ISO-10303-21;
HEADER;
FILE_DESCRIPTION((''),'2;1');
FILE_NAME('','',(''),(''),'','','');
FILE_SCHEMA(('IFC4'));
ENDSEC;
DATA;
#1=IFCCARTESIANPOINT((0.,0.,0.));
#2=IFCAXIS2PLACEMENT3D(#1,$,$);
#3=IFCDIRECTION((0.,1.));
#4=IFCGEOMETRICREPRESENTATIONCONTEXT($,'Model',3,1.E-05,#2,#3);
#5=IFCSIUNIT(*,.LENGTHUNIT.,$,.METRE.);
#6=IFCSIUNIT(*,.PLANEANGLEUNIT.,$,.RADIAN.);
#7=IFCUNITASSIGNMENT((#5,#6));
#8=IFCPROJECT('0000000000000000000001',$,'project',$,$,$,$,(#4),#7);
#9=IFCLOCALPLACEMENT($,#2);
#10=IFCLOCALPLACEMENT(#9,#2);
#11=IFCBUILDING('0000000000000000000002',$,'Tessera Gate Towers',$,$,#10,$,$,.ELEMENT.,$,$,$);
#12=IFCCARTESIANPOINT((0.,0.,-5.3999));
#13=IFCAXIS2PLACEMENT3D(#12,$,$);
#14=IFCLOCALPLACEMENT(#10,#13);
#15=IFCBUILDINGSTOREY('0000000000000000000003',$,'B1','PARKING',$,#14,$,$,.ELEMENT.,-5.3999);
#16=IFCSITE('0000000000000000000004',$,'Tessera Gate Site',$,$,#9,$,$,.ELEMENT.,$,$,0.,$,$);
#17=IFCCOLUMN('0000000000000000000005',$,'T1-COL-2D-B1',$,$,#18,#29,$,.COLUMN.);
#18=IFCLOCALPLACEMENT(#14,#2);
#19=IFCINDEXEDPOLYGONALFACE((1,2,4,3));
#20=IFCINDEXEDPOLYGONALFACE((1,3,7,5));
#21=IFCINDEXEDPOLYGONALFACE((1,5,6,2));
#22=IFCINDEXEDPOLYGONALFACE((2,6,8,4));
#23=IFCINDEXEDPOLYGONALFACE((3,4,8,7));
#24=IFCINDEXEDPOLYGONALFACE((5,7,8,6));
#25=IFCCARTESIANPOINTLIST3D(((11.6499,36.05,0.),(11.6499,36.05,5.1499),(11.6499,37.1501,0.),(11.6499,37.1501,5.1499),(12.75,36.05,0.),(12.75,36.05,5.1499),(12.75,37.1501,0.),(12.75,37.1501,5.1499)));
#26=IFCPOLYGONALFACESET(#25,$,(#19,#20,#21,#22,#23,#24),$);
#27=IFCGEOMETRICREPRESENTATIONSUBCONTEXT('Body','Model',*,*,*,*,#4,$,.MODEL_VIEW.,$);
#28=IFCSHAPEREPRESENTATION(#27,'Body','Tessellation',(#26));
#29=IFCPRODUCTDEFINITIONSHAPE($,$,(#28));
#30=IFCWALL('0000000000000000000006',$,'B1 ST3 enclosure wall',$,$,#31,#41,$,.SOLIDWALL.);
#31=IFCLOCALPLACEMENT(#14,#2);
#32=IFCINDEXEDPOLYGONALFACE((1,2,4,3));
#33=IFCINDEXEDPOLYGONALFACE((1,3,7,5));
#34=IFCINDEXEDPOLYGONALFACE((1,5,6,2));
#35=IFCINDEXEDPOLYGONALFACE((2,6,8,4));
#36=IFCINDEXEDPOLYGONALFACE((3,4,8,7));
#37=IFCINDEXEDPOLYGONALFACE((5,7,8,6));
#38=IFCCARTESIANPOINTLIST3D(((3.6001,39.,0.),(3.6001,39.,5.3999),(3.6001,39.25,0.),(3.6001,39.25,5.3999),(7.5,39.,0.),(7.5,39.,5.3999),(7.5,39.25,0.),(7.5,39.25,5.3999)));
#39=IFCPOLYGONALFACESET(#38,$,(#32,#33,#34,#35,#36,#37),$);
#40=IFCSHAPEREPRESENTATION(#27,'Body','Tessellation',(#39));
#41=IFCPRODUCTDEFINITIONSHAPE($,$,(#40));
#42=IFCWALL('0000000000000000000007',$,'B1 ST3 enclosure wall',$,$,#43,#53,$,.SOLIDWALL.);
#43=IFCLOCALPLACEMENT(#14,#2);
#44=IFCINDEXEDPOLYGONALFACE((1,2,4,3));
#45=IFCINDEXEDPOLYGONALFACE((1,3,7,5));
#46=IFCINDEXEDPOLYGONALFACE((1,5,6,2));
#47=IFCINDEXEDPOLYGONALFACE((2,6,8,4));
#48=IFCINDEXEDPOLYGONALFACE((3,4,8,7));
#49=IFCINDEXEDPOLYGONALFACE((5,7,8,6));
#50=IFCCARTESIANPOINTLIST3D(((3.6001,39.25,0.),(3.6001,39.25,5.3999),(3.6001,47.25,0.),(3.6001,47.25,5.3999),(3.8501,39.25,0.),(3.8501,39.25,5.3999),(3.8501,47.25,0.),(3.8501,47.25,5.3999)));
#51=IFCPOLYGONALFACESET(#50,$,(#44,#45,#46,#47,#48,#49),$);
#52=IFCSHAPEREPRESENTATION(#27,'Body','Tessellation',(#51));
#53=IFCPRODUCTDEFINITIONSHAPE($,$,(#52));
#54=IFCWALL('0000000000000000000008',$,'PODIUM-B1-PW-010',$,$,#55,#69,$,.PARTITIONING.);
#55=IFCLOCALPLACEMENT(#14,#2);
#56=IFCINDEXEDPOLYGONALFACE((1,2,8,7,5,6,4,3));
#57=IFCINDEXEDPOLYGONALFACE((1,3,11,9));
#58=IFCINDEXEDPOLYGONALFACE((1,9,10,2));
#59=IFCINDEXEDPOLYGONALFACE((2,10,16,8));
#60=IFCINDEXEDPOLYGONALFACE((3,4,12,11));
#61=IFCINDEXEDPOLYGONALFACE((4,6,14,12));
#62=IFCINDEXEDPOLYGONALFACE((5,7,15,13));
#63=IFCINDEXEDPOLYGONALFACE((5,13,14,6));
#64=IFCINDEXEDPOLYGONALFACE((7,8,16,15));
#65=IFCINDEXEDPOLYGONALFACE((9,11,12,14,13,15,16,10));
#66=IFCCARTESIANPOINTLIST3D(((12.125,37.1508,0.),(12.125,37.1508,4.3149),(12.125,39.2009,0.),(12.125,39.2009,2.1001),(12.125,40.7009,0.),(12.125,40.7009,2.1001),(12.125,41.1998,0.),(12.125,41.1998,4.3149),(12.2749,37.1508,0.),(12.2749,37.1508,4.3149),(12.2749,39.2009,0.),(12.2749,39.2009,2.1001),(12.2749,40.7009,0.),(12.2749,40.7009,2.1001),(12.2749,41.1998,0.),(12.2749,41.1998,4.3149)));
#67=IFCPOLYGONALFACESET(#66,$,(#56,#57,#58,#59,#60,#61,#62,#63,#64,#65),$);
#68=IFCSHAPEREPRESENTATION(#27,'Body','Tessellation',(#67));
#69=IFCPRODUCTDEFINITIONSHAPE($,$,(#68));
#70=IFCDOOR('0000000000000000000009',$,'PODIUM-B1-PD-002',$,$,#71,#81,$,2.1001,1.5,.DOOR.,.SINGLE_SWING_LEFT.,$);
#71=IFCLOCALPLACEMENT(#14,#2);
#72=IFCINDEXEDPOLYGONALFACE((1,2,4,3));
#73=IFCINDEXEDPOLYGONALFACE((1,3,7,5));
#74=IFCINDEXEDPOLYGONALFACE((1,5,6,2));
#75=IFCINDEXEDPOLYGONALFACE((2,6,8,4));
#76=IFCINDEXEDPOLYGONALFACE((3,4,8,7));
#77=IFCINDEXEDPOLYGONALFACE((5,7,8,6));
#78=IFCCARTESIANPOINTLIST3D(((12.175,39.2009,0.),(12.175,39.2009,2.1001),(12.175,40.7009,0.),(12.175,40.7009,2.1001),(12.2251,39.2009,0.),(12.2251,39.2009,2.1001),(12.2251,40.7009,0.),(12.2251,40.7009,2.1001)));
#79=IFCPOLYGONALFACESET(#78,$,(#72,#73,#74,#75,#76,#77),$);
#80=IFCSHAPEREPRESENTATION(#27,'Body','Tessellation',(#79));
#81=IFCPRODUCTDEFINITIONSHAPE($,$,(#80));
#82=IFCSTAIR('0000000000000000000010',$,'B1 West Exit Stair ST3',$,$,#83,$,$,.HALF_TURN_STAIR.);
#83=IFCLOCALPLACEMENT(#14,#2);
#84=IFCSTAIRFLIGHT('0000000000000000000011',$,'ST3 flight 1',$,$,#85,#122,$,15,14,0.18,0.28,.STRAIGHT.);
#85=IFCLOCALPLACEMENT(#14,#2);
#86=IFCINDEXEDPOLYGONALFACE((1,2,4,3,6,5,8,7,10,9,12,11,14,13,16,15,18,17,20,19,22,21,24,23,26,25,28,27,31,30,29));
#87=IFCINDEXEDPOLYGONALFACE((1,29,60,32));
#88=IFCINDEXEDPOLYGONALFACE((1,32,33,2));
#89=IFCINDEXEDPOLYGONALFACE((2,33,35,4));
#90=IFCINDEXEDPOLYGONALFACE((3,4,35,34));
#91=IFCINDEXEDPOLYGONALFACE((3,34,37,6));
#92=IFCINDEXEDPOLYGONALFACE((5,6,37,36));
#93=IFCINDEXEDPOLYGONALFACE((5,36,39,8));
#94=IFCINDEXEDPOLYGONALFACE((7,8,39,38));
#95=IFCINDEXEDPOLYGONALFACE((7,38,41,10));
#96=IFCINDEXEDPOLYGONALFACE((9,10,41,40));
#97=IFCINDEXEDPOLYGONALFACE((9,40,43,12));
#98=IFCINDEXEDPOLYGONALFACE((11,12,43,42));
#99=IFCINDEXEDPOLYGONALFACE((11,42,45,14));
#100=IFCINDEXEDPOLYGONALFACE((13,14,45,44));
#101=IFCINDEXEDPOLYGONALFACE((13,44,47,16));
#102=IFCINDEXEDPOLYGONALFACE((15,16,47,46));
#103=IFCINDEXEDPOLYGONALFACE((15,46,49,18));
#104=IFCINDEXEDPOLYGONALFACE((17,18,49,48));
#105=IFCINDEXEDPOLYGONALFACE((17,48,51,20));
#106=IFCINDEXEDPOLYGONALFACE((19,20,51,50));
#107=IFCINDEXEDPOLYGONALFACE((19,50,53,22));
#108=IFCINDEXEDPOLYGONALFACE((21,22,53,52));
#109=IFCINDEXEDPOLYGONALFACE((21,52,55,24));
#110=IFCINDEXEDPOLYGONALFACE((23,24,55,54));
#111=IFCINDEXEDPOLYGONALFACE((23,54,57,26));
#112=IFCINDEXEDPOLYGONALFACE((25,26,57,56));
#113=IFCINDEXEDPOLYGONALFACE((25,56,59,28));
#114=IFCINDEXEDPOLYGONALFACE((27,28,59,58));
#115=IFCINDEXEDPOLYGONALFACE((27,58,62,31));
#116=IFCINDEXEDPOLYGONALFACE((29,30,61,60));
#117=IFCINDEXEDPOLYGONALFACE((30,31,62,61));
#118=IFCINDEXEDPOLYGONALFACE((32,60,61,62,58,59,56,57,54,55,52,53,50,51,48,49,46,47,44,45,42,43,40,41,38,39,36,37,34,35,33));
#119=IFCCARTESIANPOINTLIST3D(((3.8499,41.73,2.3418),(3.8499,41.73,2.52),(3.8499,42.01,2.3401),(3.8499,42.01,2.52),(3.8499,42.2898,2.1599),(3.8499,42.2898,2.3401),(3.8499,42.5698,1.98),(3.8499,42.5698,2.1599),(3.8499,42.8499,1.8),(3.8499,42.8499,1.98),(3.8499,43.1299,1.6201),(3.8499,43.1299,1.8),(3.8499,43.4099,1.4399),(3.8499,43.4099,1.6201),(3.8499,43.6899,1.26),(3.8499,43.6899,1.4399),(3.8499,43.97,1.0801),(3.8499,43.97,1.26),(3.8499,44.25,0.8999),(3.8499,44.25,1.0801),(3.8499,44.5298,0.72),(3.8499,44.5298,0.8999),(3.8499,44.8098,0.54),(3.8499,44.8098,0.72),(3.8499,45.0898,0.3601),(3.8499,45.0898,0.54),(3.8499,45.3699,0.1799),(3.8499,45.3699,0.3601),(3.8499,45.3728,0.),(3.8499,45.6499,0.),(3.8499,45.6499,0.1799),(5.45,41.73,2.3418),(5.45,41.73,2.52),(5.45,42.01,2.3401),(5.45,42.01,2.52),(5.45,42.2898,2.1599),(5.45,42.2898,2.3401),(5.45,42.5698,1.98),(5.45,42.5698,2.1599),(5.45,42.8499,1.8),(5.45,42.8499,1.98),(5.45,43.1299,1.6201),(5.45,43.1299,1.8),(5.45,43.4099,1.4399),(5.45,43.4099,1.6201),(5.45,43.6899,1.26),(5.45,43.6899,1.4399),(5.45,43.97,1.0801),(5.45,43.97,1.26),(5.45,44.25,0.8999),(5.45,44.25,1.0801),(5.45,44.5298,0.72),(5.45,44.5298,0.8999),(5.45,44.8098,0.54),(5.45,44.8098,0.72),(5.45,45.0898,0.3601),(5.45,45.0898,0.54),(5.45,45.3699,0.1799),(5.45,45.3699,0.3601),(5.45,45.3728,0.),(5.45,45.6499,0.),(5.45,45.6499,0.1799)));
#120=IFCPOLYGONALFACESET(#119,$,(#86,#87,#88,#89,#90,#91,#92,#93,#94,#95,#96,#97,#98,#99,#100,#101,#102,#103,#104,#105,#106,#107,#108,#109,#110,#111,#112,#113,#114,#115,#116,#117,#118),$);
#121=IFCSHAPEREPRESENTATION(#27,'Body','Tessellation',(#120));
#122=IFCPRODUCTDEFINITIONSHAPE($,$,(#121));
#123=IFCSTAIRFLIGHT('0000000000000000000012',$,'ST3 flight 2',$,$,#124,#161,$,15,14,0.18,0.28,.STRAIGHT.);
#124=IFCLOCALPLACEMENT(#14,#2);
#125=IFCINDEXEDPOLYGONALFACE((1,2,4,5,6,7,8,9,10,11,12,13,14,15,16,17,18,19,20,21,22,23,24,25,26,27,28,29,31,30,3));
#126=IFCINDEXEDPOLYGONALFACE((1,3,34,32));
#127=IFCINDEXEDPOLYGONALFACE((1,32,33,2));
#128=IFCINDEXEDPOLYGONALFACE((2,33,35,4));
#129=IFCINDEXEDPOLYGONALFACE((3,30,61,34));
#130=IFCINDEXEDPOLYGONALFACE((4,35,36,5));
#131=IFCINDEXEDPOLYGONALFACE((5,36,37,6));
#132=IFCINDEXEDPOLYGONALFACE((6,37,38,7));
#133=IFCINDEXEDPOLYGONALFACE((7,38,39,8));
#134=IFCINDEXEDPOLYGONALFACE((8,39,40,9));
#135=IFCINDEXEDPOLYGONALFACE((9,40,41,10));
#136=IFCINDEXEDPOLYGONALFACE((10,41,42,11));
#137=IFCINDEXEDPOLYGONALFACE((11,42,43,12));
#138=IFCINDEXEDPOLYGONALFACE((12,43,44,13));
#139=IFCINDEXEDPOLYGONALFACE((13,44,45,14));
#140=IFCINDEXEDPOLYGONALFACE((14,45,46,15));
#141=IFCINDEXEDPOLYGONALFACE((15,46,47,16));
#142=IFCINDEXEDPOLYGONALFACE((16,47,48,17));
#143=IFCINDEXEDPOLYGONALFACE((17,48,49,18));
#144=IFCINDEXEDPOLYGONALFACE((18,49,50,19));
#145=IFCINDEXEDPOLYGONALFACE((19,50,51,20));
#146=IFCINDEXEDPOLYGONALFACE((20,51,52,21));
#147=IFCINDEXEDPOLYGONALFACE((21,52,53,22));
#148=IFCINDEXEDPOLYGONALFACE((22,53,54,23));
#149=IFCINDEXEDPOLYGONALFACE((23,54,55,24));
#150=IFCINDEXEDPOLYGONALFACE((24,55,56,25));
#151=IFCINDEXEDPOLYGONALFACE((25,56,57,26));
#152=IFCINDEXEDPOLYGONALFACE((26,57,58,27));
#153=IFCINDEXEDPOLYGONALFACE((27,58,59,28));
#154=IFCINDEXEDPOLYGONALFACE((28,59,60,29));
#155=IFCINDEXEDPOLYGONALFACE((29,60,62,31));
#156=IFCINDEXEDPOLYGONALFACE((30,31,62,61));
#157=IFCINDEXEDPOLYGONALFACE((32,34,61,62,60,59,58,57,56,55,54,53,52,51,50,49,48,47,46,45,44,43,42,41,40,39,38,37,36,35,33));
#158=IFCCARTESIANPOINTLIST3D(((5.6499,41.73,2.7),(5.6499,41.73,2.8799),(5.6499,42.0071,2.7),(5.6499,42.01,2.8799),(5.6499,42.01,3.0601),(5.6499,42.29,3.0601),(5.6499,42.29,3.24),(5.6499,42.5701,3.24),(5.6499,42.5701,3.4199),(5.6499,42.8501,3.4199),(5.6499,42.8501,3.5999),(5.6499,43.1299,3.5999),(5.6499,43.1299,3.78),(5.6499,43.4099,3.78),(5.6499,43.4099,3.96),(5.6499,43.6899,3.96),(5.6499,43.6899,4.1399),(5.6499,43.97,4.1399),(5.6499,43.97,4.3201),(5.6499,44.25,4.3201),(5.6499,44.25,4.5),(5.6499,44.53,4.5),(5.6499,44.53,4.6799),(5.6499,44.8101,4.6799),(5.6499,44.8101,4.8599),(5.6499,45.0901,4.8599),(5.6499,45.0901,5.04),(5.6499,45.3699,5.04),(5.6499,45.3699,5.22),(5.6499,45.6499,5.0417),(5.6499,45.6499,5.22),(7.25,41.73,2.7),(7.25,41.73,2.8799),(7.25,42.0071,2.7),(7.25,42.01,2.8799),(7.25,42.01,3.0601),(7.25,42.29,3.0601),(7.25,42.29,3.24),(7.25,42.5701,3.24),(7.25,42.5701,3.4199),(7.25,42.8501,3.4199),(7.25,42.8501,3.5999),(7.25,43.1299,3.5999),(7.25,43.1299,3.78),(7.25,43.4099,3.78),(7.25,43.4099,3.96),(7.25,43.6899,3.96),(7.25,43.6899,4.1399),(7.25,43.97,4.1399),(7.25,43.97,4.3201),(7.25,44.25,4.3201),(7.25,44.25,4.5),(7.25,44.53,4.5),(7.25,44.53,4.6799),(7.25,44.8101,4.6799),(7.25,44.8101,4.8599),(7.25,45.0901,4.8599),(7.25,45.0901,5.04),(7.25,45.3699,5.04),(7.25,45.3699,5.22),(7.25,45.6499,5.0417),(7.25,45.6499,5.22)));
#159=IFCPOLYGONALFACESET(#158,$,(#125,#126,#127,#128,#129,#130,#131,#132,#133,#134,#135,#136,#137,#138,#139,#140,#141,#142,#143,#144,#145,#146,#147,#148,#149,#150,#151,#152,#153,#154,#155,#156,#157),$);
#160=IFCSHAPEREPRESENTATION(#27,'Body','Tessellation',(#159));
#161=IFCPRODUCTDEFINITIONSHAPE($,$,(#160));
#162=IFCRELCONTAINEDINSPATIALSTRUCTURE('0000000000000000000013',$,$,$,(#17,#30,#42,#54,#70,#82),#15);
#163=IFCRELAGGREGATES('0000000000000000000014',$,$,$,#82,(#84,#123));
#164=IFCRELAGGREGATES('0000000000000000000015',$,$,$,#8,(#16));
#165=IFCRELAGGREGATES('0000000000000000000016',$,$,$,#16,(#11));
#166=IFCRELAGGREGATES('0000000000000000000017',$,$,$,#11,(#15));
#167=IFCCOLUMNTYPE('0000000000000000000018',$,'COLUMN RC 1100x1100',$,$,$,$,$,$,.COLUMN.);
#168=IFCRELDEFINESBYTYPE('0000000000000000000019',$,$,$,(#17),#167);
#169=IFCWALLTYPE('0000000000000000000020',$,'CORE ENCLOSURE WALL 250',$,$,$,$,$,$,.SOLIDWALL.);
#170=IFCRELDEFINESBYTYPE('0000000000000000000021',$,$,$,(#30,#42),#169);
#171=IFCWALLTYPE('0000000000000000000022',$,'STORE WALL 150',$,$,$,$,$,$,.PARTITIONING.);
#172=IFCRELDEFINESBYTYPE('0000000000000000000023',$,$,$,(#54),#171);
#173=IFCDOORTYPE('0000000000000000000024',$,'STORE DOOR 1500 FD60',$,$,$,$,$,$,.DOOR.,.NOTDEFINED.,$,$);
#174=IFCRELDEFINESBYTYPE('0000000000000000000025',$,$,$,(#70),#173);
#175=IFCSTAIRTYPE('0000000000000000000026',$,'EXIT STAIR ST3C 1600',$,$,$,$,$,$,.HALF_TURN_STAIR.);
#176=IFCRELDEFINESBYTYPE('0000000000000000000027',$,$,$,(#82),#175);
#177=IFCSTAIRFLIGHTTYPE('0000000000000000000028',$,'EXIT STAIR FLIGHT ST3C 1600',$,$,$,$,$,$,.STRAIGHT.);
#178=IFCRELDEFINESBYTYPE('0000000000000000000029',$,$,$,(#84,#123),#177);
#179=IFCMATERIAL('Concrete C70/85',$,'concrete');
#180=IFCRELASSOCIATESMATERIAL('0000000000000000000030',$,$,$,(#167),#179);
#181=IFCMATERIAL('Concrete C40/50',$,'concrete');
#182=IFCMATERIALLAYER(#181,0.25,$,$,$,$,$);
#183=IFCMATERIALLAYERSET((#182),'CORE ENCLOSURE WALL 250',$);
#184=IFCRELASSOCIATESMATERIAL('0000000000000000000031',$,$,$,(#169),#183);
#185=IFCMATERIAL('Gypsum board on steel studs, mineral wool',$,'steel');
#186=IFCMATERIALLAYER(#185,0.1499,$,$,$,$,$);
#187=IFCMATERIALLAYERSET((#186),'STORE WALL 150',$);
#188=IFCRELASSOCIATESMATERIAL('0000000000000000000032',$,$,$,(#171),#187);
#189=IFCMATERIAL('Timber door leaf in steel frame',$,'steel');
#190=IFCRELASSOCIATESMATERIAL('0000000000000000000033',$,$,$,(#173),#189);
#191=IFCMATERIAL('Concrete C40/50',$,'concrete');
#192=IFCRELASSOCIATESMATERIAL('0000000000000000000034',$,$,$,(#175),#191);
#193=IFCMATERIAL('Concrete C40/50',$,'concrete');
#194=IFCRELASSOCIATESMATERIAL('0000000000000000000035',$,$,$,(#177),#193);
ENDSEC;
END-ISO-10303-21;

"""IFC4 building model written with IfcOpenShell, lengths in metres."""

from ifc_helpers import new_model, si_unit, direction, frame, frame_2d, origin, origin_2d, place, context, subcontext, project, spatial, polyline, rectangle, outline, extrude, source, transform, mapped, material, layer, layer_set, material_profile, profile_set, type_object, element, fill, aggregate, save


model = new_model("IFC4")

# Units and contexts
model_context = context("Model", 3, precision=1e-05, world=origin(), true_north=direction((0.0, 1.0)))
body_context = subcontext(model_context, "Body", "Model", "MODEL_VIEW")
ifc_project = project(units=[si_unit("LENGTHUNIT", "METRE"), si_unit("PLANEANGLEUNIT", "RADIAN")], contexts=[model_context])

# Site, building, storey
site_placement = place(None, origin())
site = spatial("IfcSite", under=ifc_project, at=site_placement, Name="Tessera Gate Site", CompositionType="ELEMENT", RefElevation=0.0)
building_placement = place(site_placement, origin())
building = spatial("IfcBuilding", under=site, at=building_placement, Name="Tessera Gate Towers", CompositionType="ELEMENT")
storey_placement = place(building_placement, frame((0.0, 0.0, -5.3999)))
storey = spatial("IfcBuildingStorey", under=building, at=storey_placement, Name="B1", Description="PARKING", CompositionType="ELEMENT", Elevation=-5.3999)

# Column
ifc_material_1 = material(Name="Concrete C70/85", Category="concrete")
ifc_material_profile_1 = material_profile(ifc_material_1, rectangle(XDim=1.1001, YDim=1.1001, at=origin_2d()), Name="RC 1100x1100")
ifc_profile_set_1 = profile_set([ifc_material_profile_1], Name="Concrete C70/85")
column_type = type_object("IfcColumnType", Name="COLUMN RC 1100x1100", PredefinedType="COLUMN", material=ifc_profile_set_1)
column_placement = place(storey_placement, frame((12.2, 36.6001, 0.0), z_axis=(0.0, 0.0, 1.0), x_axis=(1.0, 0.0, 0.0)))
element("IfcColumn", 1, at=column_placement, inside=storey, type_object=column_type, Name="T1-COL-2D-B1", PredefinedType="COLUMN", context=body_context, shape_type="SweptSolid", body=[
    extrude(rectangle(XDim=1.1001, YDim=1.1001, at=origin_2d()), origin(), (0.0, 0.0, 1.0), 5.1499),
])

# Walls
ifc_material_2 = material(Name="Concrete C40/50", Category="concrete")
ifc_layer_1 = layer(ifc_material_2, 0.25)
ifc_layer_set_1 = layer_set([ifc_layer_1], Name="CORE ENCLOSURE WALL 250")
wall_type_1 = type_object("IfcWallType", Name="CORE ENCLOSURE WALL 250", PredefinedType="SOLIDWALL", material=ifc_layer_set_1)
wall_1_placement = place(storey_placement, frame((7.5, 39.125, 0.0), z_axis=(0.0, 0.0, 1.0), x_axis=(-1.0, 0.0, 0.0)))
element("IfcWall", 2, at=wall_1_placement, inside=storey, type_object=wall_type_1, Name="B1 ST3 enclosure wall", PredefinedType="SOLIDWALL", context=body_context, shape_type="SweptSolid", body=[
    extrude(rectangle(XDim=3.8999, YDim=0.25, at=frame_2d((1.95, 0.0))), origin(), (0.0, 0.0, 1.0), 5.3999),
])
wall_2_placement = place(storey_placement, frame((3.7251, 39.25, 0.0), z_axis=(0.0, 0.0, 1.0), x_axis=(0.0, 1.0, 0.0)))
element("IfcWall", 3, at=wall_2_placement, inside=storey, type_object=wall_type_1, Name="B1 ST3 enclosure wall", PredefinedType="SOLIDWALL", context=body_context, shape_type="SweptSolid", body=[
    extrude(rectangle(XDim=8.0, YDim=0.25, at=frame_2d((4.0, 0.0))), origin(), (0.0, 0.0, 1.0), 5.3999),
])

# Wall, opening, door
ifc_material_3 = material(Name="Gypsum board on steel studs, mineral wool", Category="steel")
ifc_layer_2 = layer(ifc_material_3, 0.1499)
ifc_layer_set_2 = layer_set([ifc_layer_2], Name="STORE WALL 150")
wall_type_2 = type_object("IfcWallType", Name="STORE WALL 150", PredefinedType="PARTITIONING", material=ifc_layer_set_2)
wall_3_placement = place(storey_placement, frame((12.2, 37.1509, 0.0), z_axis=(0.0, 0.0, 1.0), x_axis=(0.0, 1.0, 0.0)))
wall_3 = element("IfcWall", 4, at=wall_3_placement, inside=storey, type_object=wall_type_2, Name="PODIUM-B1-PW-010", PredefinedType="PARTITIONING", context=body_context, shape_type="SweptSolid", body=[
    extrude(rectangle(XDim=4.0491, YDim=0.1499, at=frame_2d((2.0244, 0.0))), origin(), (0.0, 0.0, 1.0), 4.3149),
])
shared_shape_1 = source(origin(), body_context, "Body", "SweptSolid", [
    extrude(rectangle(XDim=1.5, YDim=2.1001, at=frame_2d((0.75, 1.05))), frame((0.0, 0.085, 0.0), z_axis=(0.0, -1.0, 0.0), x_axis=(1.0, 0.0, 0.0)), (0.0, 0.0, 1.0), 0.1699),
])
opening_placement = place(wall_3_placement, frame((2.05, 0.0, 0.0)))
opening = element("IfcOpeningElement", 5, at=opening_placement, cuts=wall_3, PredefinedType="OPENING", context=body_context, shape_type="MappedRepresentation", body=[
    mapped(shared_shape_1, transform((0.0, 0.0, 0.0), scale=1.0)),
])
ifc_material_4 = material(Name="Timber door leaf in steel frame", Category="steel")
door_type = type_object("IfcDoorType", Name="STORE DOOR 1500 FD60", OperationType="NOTDEFINED", PredefinedType="DOOR", material=ifc_material_4)
shared_shape_2 = source(origin(), body_context, "Body", "SweptSolid", [
    extrude(rectangle(XDim=1.5, YDim=2.1001, at=frame_2d((0.75, 1.05))), frame((0.0, 0.0249, 0.0), z_axis=(0.0, -1.0, 0.0), x_axis=(1.0, 0.0, 0.0)), (0.0, 0.0, 1.0), 0.05),
])
door_placement = place(opening_placement, origin())
door = element("IfcDoor", 6, at=door_placement, inside=storey, type_object=door_type, Name="PODIUM-B1-PD-002", OperationType="SINGLE_SWING_LEFT", OverallHeight=2.1001, OverallWidth=1.5, PredefinedType="DOOR", context=body_context, shape_type="MappedRepresentation", body=[
    mapped(shared_shape_2, transform((0.0, 0.0, 0.0), scale=1.0)),
])
fill(opening, door)

# Stair, stair flights
ifc_material_5 = material(Name="Concrete C40/50", Category="concrete")
stair_type = type_object("IfcStairType", Name="EXIT STAIR ST3C 1600", PredefinedType="HALF_TURN_STAIR", material=ifc_material_5)
stair_placement = place(storey_placement, origin())
stair = element("IfcStair", 7, at=stair_placement, inside=storey, type_object=stair_type, Name="B1 West Exit Stair ST3", PredefinedType="HALF_TURN_STAIR")
ifc_material_6 = material(Name="Concrete C40/50", Category="concrete")
stair_flight_type = type_object("IfcStairFlightType", Name="EXIT STAIR FLIGHT ST3C 1600", PredefinedType="STRAIGHT", material=ifc_material_6)
stair_flight_1_placement = place(storey_placement, frame((4.6499, 45.6499, 0.0), z_axis=(0.0, 0.0, 1.0), x_axis=(0.0, -1.0, 0.0)))
stair_flight_1 = element("IfcStairFlight", 8, at=stair_flight_1_placement, type_object=stair_flight_type, Name="ST3 flight 1", NumberOfRisers=15, NumberOfTreads=14, PredefinedType="STRAIGHT", RiserHeight=0.18, TreadLength=0.28, context=body_context, shape_type="SweptSolid", body=[
    extrude(outline(polyline([(0.0, 0.0), (0.0, 0.1799), (0.28, 0.1799), (0.28, 0.3601), (0.5601, 0.3601), (0.5601, 0.54), (0.8401, 0.54), (0.8401, 0.72), (1.1201, 0.72), (1.1201, 0.8999), (1.3999, 0.8999), (1.3999, 1.0801), (1.6799, 1.0801), (1.6799, 1.26), (1.96, 1.26), (1.96, 1.4399), (2.24, 1.4399), (2.24, 1.6201), (2.52, 1.6201), (2.52, 1.8), (2.8, 1.8), (2.8, 1.98), (3.0801, 1.98), (3.0801, 2.1599), (3.3601, 2.1599), (3.3601, 2.3401), (3.6399, 2.3401), (3.6399, 2.52), (3.9199, 2.52), (3.9199, 2.7), (3.9199, 2.3418), (0.2771, 0.0), (0.0, 0.0)])), frame((0.0, 0.8, 0.0), z_axis=(0.0, -1.0, 0.0), x_axis=(1.0, 0.0, 0.0)), (0.0, 0.0, 1.0), 1.6001),
])
stair_flight_2_placement = place(storey_placement, frame((6.45, 41.73, 2.7), z_axis=(0.0, 0.0, 1.0), x_axis=(0.0, 1.0, 0.0)))
stair_flight_2 = element("IfcStairFlight", 9, at=stair_flight_2_placement, type_object=stair_flight_type, Name="ST3 flight 2", NumberOfRisers=15, NumberOfTreads=14, PredefinedType="STRAIGHT", RiserHeight=0.18, TreadLength=0.28, context=body_context, shape_type="SweptSolid", body=[
    extrude(outline(polyline([(0.0, 0.0), (0.0, 0.1799), (0.28, 0.1799), (0.28, 0.3601), (0.5601, 0.3601), (0.5601, 0.54), (0.8401, 0.54), (0.8401, 0.72), (1.1201, 0.72), (1.1201, 0.8999), (1.3999, 0.8999), (1.3999, 1.0801), (1.6799, 1.0801), (1.6799, 1.26), (1.96, 1.26), (1.96, 1.4399), (2.24, 1.4399), (2.24, 1.6201), (2.52, 1.6201), (2.52, 1.8), (2.8, 1.8), (2.8, 1.98), (3.0801, 1.98), (3.0801, 2.1599), (3.3601, 2.1599), (3.3601, 2.3401), (3.6399, 2.3401), (3.6399, 2.52), (3.9199, 2.52), (3.9199, 2.7), (3.9199, 2.3418), (0.2771, 0.0), (0.0, 0.0)])), frame((0.0, 0.8, 0.0), z_axis=(0.0, -1.0, 0.0), x_axis=(1.0, 0.0, 0.0)), (0.0, 0.0, 1.0), 1.6001),
])
aggregate(stair, [stair_flight_1, stair_flight_2])

save(model, "model.ifc")
